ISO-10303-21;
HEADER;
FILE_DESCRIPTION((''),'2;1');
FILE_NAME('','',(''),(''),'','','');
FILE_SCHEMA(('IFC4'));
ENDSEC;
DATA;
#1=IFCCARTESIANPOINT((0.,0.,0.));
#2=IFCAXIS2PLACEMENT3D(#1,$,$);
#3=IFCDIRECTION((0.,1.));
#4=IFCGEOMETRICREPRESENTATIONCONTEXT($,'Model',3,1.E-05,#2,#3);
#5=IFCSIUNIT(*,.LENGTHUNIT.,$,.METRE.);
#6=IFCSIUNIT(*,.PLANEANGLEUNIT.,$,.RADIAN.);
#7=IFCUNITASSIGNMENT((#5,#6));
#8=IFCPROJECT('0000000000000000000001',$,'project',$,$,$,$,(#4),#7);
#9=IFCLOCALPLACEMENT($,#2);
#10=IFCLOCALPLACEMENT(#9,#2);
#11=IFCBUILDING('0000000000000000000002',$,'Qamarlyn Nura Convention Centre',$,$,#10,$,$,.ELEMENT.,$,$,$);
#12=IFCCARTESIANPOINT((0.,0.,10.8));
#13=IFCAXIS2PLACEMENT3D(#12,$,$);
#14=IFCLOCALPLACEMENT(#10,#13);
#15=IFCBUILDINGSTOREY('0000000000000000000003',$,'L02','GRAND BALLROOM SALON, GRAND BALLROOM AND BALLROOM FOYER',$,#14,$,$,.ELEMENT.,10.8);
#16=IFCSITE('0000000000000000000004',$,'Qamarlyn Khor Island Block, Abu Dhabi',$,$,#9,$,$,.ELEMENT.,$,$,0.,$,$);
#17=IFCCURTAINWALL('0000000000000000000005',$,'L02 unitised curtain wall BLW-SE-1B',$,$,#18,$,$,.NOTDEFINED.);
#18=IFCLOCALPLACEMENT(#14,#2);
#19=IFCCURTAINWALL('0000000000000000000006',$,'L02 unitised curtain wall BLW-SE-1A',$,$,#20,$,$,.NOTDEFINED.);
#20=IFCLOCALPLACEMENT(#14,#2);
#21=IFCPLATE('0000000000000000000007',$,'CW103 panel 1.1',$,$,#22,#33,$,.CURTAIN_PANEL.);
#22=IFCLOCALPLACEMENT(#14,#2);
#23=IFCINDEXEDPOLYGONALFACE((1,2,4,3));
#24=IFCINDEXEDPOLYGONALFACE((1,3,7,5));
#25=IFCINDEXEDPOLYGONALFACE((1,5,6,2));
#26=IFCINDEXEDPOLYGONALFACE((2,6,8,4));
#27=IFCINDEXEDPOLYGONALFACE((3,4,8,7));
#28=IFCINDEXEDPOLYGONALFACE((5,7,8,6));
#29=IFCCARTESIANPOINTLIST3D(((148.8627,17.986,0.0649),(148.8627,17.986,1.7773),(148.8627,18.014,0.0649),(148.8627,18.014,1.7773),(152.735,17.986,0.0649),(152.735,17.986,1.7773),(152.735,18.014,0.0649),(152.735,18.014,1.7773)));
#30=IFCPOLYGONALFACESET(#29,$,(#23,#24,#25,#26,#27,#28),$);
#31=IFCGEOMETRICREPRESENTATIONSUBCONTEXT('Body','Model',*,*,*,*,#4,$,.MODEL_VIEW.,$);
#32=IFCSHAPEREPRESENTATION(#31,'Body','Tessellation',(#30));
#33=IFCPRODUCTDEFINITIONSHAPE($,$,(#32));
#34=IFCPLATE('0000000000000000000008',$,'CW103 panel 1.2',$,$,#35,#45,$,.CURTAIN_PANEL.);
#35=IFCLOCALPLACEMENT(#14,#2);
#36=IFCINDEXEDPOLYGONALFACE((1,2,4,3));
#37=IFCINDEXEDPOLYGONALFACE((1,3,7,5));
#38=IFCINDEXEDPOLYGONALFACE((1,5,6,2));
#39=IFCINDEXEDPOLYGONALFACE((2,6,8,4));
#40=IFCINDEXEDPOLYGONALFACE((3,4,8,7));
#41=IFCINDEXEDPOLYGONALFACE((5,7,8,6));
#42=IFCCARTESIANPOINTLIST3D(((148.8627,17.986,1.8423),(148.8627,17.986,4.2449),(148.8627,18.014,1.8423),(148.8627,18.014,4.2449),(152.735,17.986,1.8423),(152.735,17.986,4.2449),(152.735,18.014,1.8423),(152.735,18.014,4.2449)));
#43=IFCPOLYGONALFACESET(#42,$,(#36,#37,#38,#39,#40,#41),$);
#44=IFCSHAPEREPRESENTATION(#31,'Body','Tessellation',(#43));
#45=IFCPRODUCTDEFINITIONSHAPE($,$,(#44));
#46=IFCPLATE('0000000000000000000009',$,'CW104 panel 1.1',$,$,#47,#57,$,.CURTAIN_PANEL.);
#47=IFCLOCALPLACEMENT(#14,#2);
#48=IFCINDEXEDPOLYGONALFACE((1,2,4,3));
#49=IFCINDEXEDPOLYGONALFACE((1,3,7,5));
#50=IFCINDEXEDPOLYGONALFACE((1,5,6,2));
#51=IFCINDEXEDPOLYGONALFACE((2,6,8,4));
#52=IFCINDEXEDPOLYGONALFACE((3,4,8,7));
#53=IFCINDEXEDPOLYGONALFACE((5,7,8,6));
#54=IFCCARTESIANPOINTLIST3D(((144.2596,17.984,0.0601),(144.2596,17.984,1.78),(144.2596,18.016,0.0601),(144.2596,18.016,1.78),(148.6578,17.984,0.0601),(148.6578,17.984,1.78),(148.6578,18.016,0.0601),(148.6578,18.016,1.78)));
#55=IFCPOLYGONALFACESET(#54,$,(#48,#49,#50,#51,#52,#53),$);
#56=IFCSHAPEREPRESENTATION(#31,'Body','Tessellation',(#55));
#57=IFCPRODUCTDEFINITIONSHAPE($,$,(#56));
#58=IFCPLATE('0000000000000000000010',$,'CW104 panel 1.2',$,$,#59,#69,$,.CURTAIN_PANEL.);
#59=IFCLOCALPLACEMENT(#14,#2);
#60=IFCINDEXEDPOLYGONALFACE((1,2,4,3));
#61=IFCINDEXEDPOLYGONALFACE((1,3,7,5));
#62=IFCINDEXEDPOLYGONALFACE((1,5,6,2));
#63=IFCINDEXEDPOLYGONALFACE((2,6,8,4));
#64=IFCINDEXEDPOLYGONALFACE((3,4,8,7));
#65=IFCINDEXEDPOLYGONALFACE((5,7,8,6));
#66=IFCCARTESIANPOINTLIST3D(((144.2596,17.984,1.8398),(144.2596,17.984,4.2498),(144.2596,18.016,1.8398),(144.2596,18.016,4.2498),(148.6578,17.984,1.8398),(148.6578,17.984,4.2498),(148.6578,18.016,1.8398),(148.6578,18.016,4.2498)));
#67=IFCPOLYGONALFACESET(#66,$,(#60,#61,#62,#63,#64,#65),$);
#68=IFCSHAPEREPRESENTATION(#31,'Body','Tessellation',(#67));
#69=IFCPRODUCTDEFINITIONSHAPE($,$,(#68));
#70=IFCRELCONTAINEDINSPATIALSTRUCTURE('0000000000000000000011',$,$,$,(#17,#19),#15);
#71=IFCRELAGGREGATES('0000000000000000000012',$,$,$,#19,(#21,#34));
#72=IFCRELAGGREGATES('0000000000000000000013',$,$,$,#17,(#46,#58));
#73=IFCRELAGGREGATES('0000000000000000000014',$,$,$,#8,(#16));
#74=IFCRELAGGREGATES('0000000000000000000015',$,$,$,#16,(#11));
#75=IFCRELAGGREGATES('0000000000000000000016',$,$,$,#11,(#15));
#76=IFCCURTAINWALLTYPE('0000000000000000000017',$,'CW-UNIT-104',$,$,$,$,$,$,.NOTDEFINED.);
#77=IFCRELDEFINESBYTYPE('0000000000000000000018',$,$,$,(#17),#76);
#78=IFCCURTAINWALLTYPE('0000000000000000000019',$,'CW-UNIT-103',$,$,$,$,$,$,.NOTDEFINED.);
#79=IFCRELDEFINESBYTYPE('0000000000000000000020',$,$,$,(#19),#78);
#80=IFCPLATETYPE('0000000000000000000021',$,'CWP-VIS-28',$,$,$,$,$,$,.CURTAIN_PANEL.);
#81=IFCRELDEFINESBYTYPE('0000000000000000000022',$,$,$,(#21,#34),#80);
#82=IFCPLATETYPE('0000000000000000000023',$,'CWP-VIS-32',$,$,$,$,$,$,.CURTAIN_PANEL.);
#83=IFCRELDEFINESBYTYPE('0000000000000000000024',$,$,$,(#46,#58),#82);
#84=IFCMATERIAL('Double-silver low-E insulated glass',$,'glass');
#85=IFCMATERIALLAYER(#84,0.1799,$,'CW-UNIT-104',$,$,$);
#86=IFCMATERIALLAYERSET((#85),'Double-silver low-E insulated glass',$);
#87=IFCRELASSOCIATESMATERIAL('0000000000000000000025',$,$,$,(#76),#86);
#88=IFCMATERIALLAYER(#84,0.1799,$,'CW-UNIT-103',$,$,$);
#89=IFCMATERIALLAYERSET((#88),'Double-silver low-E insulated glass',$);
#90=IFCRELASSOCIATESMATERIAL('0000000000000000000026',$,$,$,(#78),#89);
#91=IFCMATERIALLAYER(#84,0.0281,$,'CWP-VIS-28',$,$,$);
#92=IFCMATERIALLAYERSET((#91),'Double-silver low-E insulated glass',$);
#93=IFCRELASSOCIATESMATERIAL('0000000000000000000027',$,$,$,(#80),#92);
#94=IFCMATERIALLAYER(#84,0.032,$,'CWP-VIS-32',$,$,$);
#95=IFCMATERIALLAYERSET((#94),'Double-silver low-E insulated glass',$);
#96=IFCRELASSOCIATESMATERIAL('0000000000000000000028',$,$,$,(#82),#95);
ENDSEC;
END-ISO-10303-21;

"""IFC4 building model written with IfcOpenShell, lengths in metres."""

from ifc_helpers import new_model, si_unit, direction, frame, origin, origin_2d, place, context, subcontext, project, spatial, rectangle, extrude, material, layer, layer_set, type_object, element, aggregate, save


model = new_model("IFC4")

# Units and contexts
model_context = context("Model", 3, precision=1e-05, world=origin(), true_north=direction((0.0, 1.0)))
body_context = subcontext(model_context, "Body", "Model", "MODEL_VIEW")
ifc_project = project(units=[si_unit("LENGTHUNIT", "METRE"), si_unit("PLANEANGLEUNIT", "RADIAN")], contexts=[model_context])

# Site, building, storey
site_placement = place(None, origin())
site = spatial("IfcSite", under=ifc_project, at=site_placement, Name="Qamarlyn Khor Island Block, Abu Dhabi", CompositionType="ELEMENT", RefElevation=0.0)
building_placement = place(site_placement, origin())
building = spatial("IfcBuilding", under=site, at=building_placement, Name="Qamarlyn Nura Convention Centre", CompositionType="ELEMENT")
storey_placement = place(building_placement, frame((0.0, 0.0, 10.8)))
storey = spatial("IfcBuildingStorey", under=building, at=storey_placement, Name="L02", Description="GRAND BALLROOM SALON, GRAND BALLROOM AND BALLROOM FOYER", CompositionType="ELEMENT", Elevation=10.8)

# Curtain walls
ifc_material_1 = material(Name="Double-silver low-E insulated glass", Category="glass")
ifc_layer_1 = layer(ifc_material_1, 0.1799, Name="CW-UNIT-104")
ifc_layer_set_1 = layer_set([ifc_layer_1], Name="Double-silver low-E insulated glass")
curtain_wall_type_1 = type_object("IfcCurtainWallType", Name="CW-UNIT-104", PredefinedType="NOTDEFINED", material=ifc_layer_set_1)
curtain_wall_1_placement = place(storey_placement, origin())
curtain_wall_1 = element("IfcCurtainWall", 1, at=curtain_wall_1_placement, inside=storey, type_object=curtain_wall_type_1, Name="L02 unitised curtain wall BLW-SE-1B", PredefinedType="NOTDEFINED")
ifc_layer_2 = layer(ifc_material_1, 0.1799, Name="CW-UNIT-103")
ifc_layer_set_2 = layer_set([ifc_layer_2], Name="Double-silver low-E insulated glass")
curtain_wall_type_2 = type_object("IfcCurtainWallType", Name="CW-UNIT-103", PredefinedType="NOTDEFINED", material=ifc_layer_set_2)
curtain_wall_2_placement = place(storey_placement, origin())
curtain_wall_2 = element("IfcCurtainWall", 2, at=curtain_wall_2_placement, inside=storey, type_object=curtain_wall_type_2, Name="L02 unitised curtain wall BLW-SE-1A", PredefinedType="NOTDEFINED")

# Plates
ifc_layer_3 = layer(ifc_material_1, 0.0281, Name="CWP-VIS-28")
ifc_layer_set_3 = layer_set([ifc_layer_3], Name="Double-silver low-E insulated glass")
plate_type_1 = type_object("IfcPlateType", Name="CWP-VIS-28", PredefinedType="CURTAIN_PANEL", material=ifc_layer_set_3)
plate_1_placement = place(storey_placement, frame((150.7988, 18.0, 0.0649), z_axis=(0.0, 0.0, 1.0), x_axis=(-1.0, 0.0, 0.0)))
plate_1 = element("IfcPlate", 3, at=plate_1_placement, type_object=plate_type_1, Name="CW103 panel 1.1", PredefinedType="CURTAIN_PANEL", context=body_context, shape_type="SweptSolid", body=[
    extrude(rectangle(XDim=3.8723, YDim=0.0281, at=origin_2d()), origin(), (0.0, 0.0, 1.0), 1.7124),
])
plate_2_placement = place(storey_placement, frame((150.7988, 18.0, 1.8423), z_axis=(0.0, 0.0, 1.0), x_axis=(-1.0, 0.0, 0.0)))
plate_2 = element("IfcPlate", 4, at=plate_2_placement, type_object=plate_type_1, Name="CW103 panel 1.2", PredefinedType="CURTAIN_PANEL", context=body_context, shape_type="SweptSolid", body=[
    extrude(rectangle(XDim=3.8723, YDim=0.0281, at=origin_2d()), origin(), (0.0, 0.0, 1.0), 2.4026),
])
aggregate(curtain_wall_2, [plate_1, plate_2])
ifc_layer_4 = layer(ifc_material_1, 0.032, Name="CWP-VIS-32")
ifc_layer_set_4 = layer_set([ifc_layer_4], Name="Double-silver low-E insulated glass")
plate_type_2 = type_object("IfcPlateType", Name="CWP-VIS-32", PredefinedType="CURTAIN_PANEL", material=ifc_layer_set_4)
plate_3_placement = place(storey_placement, frame((146.4587, 18.0, 0.0601), z_axis=(0.0, 0.0, 1.0), x_axis=(-1.0, 0.0, 0.0)))
plate_3 = element("IfcPlate", 5, at=plate_3_placement, type_object=plate_type_2, Name="CW104 panel 1.1", PredefinedType="CURTAIN_PANEL", context=body_context, shape_type="SweptSolid", body=[
    extrude(rectangle(XDim=4.3982, YDim=0.032, at=origin_2d()), origin(), (0.0, 0.0, 1.0), 1.72),
])
plate_4_placement = place(storey_placement, frame((146.4587, 18.0, 1.8398), z_axis=(0.0, 0.0, 1.0), x_axis=(-1.0, 0.0, 0.0)))
plate_4 = element("IfcPlate", 6, at=plate_4_placement, type_object=plate_type_2, Name="CW104 panel 1.2", PredefinedType="CURTAIN_PANEL", context=body_context, shape_type="SweptSolid", body=[
    extrude(rectangle(XDim=4.3982, YDim=0.032, at=origin_2d()), origin(), (0.0, 0.0, 1.0), 2.4099),
])
aggregate(curtain_wall_1, [plate_3, plate_4])

save(model, "model.ifc")
